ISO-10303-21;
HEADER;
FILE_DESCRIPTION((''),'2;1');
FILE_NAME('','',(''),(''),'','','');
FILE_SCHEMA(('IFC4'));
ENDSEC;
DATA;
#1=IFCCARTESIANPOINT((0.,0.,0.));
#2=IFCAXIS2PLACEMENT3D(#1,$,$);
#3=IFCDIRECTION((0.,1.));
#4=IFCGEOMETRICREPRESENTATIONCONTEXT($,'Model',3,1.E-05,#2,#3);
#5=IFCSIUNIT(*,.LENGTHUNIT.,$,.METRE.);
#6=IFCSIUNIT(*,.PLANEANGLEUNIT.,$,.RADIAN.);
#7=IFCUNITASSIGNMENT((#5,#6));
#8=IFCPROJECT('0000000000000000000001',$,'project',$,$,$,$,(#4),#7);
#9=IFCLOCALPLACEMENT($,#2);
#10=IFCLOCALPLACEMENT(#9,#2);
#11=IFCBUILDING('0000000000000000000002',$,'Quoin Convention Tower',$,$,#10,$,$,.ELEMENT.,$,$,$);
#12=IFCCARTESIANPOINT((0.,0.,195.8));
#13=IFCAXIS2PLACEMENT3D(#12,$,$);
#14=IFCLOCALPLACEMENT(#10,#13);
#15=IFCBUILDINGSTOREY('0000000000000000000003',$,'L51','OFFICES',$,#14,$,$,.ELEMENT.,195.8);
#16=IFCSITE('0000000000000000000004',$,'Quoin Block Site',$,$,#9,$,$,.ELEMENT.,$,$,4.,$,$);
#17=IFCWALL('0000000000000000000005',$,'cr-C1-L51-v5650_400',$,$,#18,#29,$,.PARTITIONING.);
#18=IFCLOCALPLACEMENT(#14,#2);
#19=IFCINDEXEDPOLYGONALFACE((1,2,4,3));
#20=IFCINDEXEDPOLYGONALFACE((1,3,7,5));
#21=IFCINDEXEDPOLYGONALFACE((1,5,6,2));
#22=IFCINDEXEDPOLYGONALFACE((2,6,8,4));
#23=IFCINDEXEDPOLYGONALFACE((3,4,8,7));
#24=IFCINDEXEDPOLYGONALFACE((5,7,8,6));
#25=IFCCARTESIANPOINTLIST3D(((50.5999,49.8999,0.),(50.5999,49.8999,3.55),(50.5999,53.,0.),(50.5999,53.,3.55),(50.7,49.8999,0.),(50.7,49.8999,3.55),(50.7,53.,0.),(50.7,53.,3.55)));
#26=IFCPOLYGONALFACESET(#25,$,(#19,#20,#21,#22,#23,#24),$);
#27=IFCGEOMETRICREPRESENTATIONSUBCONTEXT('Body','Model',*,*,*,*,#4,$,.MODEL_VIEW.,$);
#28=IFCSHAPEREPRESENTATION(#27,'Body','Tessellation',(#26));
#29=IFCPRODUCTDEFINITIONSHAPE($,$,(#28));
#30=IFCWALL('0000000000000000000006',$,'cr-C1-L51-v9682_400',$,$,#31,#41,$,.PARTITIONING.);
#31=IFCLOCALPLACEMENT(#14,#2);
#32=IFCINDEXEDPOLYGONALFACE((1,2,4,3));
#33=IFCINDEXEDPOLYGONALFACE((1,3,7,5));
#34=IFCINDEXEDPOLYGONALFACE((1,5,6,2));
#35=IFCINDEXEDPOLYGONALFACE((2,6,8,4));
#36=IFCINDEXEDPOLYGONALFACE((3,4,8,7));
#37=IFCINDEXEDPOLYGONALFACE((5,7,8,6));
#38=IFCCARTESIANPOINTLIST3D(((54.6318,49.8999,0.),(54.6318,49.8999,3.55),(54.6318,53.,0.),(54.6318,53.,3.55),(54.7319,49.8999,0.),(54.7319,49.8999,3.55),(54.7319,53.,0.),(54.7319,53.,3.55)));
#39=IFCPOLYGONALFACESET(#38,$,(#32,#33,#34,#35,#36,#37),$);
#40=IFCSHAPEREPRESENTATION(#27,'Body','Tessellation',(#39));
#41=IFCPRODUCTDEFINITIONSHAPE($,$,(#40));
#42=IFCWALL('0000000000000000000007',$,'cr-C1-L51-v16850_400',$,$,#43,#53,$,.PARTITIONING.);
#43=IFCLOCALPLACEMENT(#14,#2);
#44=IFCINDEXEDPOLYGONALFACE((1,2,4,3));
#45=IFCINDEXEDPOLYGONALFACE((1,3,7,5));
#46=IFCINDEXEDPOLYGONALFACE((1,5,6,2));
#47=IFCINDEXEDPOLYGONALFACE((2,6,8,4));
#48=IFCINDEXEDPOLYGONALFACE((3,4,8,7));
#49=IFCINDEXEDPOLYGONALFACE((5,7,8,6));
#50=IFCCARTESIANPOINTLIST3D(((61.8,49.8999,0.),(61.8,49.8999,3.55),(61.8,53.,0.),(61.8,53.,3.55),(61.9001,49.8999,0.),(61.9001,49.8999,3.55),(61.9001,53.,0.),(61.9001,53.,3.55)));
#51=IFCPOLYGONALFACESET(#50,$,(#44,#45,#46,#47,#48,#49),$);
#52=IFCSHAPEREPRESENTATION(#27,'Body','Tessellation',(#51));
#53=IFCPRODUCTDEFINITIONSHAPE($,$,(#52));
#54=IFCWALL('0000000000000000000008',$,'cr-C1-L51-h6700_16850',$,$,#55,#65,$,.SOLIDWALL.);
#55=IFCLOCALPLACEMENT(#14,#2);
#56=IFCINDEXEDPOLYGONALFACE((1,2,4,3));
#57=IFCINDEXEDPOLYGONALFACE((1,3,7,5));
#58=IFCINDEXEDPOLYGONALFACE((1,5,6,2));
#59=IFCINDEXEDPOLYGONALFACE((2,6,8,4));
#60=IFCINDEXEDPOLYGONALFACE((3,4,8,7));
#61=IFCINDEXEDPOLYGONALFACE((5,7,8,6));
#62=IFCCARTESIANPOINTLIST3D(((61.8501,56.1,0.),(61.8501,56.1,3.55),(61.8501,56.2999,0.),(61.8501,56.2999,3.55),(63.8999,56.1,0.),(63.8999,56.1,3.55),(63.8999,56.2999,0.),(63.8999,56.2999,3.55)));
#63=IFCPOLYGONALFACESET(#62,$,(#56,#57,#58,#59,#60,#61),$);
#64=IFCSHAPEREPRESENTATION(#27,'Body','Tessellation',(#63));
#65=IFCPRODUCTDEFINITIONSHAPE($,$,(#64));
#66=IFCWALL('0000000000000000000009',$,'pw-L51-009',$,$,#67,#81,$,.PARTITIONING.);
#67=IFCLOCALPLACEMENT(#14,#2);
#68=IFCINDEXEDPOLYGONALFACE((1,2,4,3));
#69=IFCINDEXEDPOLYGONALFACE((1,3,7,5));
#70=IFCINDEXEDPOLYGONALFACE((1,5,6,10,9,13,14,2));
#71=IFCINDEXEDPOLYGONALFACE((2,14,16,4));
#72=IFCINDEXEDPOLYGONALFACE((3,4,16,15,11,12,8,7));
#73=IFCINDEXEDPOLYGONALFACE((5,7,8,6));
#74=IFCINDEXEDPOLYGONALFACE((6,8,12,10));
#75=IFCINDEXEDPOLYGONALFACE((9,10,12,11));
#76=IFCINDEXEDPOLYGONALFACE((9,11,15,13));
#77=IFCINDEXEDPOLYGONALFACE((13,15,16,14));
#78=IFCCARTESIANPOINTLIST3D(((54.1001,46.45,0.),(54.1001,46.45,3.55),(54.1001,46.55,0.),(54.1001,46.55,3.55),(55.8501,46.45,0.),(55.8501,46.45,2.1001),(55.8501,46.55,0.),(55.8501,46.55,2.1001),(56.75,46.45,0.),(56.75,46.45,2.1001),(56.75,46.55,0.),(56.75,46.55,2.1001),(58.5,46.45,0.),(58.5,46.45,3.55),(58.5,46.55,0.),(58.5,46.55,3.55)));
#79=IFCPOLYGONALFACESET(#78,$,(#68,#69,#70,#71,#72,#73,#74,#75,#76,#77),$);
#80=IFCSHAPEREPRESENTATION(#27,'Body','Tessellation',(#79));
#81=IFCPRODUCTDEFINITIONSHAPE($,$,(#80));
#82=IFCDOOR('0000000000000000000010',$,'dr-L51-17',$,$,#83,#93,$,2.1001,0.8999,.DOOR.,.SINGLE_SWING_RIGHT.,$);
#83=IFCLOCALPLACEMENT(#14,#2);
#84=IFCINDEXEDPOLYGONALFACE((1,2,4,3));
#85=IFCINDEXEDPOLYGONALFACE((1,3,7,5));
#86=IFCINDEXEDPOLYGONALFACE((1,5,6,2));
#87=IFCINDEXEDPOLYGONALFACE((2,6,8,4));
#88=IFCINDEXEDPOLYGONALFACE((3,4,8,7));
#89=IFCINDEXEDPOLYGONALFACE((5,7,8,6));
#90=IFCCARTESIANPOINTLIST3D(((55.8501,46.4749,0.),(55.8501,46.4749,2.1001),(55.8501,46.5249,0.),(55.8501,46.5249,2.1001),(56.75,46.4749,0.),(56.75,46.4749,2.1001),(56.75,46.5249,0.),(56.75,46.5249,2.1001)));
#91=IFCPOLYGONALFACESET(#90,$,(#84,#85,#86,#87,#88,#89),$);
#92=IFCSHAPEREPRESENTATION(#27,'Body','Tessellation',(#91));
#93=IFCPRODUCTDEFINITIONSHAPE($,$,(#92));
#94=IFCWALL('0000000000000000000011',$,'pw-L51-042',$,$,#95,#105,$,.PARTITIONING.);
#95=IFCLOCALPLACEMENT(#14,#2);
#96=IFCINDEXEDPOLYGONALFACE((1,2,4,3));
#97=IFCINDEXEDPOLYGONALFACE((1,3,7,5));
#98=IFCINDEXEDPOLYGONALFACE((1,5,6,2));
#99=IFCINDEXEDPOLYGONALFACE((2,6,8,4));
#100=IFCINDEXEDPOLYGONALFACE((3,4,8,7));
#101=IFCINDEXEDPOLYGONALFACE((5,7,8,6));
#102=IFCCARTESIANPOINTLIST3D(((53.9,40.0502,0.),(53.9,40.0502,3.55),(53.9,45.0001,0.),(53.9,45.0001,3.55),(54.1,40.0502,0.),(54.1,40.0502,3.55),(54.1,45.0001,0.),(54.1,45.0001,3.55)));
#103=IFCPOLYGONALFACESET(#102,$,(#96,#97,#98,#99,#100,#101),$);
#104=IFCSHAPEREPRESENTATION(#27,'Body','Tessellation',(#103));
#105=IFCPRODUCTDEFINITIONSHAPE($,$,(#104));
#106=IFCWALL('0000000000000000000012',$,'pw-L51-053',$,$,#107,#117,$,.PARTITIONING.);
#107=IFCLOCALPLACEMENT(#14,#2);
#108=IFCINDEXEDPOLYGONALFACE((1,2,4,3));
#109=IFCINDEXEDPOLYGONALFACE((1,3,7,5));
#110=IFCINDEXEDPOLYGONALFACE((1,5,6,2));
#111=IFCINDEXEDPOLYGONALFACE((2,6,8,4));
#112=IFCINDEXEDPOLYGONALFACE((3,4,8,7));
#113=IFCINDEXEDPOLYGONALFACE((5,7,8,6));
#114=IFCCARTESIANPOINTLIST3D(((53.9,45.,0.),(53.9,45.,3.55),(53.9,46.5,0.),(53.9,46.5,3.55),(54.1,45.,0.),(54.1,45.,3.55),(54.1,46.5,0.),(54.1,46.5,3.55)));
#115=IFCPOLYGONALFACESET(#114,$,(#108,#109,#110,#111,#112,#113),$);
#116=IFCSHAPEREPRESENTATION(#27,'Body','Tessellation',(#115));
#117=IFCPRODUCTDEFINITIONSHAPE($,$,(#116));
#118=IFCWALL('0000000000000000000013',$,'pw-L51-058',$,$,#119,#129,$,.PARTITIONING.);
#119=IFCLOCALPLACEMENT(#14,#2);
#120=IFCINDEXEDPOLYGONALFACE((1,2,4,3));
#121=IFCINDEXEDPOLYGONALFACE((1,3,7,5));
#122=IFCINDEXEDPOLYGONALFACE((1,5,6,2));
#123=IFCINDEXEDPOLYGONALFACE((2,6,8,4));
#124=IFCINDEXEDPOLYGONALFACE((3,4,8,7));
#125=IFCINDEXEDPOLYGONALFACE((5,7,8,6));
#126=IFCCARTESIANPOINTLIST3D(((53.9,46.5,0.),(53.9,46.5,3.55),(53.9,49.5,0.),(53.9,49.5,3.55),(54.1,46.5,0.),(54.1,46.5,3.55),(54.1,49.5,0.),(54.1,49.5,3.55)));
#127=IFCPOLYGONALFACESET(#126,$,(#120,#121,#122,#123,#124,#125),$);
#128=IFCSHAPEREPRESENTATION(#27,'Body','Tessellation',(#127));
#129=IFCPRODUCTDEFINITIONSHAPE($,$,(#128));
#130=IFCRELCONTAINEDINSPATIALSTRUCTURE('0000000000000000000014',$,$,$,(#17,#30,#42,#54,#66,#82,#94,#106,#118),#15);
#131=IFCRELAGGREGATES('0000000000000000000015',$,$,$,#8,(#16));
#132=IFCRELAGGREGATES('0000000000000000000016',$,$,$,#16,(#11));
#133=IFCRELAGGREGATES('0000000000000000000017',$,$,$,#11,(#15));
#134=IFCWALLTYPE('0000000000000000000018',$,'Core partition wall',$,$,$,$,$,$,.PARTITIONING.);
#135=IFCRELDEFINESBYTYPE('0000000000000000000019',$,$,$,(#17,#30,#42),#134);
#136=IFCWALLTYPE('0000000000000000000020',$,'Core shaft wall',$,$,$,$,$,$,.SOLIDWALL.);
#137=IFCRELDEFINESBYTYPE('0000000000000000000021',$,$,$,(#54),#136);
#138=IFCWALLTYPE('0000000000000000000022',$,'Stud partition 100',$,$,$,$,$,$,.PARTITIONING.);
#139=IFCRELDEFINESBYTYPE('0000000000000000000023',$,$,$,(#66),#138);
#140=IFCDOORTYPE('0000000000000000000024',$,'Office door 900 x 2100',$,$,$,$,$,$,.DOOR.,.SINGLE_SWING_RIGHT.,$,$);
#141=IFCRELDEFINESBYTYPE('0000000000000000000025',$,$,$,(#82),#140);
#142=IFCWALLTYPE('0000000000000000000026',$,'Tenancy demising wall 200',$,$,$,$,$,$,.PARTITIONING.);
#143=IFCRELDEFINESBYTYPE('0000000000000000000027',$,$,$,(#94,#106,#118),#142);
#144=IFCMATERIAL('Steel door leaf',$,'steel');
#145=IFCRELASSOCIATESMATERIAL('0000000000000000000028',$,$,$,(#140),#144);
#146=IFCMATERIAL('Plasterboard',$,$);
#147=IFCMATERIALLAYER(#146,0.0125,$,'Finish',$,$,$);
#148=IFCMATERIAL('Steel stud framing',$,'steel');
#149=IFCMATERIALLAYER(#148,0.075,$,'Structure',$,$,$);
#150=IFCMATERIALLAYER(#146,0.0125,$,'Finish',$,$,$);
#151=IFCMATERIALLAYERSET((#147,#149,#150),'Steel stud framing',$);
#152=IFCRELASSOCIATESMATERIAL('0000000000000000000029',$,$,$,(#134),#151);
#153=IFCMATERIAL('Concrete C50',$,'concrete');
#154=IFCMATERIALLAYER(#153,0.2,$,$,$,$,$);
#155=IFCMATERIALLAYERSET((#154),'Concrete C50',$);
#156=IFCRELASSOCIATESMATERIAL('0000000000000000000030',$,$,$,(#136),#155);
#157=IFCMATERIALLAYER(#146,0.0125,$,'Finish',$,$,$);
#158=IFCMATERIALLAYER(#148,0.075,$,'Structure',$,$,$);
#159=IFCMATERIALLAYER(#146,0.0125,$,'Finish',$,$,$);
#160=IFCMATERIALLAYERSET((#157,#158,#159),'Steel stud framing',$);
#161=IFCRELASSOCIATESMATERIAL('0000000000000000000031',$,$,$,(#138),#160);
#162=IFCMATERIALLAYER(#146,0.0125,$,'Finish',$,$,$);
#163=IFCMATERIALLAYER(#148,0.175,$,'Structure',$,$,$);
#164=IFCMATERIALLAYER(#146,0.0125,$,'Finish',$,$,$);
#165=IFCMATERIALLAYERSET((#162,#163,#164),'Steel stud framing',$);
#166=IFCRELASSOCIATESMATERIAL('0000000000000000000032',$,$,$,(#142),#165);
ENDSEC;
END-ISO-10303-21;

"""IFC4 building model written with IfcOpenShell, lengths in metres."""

from ifc_helpers import new_model, si_unit, direction, frame, frame_2d, origin, place, context, subcontext, project, spatial, rectangle, extrude, material, layer, layer_set, type_object, element, fill, save


model = new_model("IFC4")

# Units and contexts
model_context = context("Model", 3, precision=1e-05, world=origin(), true_north=direction((0.0, 1.0)))
body_context = subcontext(model_context, "Body", "Model", "MODEL_VIEW")
ifc_project = project(units=[si_unit("LENGTHUNIT", "METRE"), si_unit("PLANEANGLEUNIT", "RADIAN")], contexts=[model_context])

# Site, building, storey
site_placement = place(None, origin())
site = spatial("IfcSite", under=ifc_project, at=site_placement, Name="Quoin Block Site", CompositionType="ELEMENT", RefElevation=4.0)
building_placement = place(site_placement, origin())
building = spatial("IfcBuilding", under=site, at=building_placement, Name="Quoin Convention Tower", CompositionType="ELEMENT")
storey_placement = place(building_placement, frame((0.0, 0.0, 195.8)))
storey = spatial("IfcBuildingStorey", under=building, at=storey_placement, Name="L51", Description="OFFICES", CompositionType="ELEMENT", Elevation=195.8)

# Shared definitions
ifc_material_1 = material(Name="Concrete C50", Category="concrete")

# Shared definitions
ifc_material_2 = material(Name="Plasterboard")
ifc_material_3 = material(Name="Steel stud framing", Category="steel")
ifc_material_4 = material(Name="Steel door leaf", Category="steel")
door_type = type_object("IfcDoorType", Name="Office door 900 x 2100", OperationType="SINGLE_SWING_RIGHT", PredefinedType="DOOR", material=ifc_material_4)

# Walls
ifc_layer_1 = layer(ifc_material_2, 0.0125, Name="Finish")
ifc_layer_2 = layer(ifc_material_3, 0.075, Name="Structure")
ifc_layer_3 = layer(ifc_material_2, 0.0125, Name="Finish")
ifc_layer_set_1 = layer_set([ifc_layer_1, ifc_layer_2, ifc_layer_3], Name="Steel stud framing")
wall_type_1 = type_object("IfcWallType", Name="Core partition wall", PredefinedType="PARTITIONING", material=ifc_layer_set_1)
for number, where, z_axis, x_axis, name in (
    (1, (50.6499, 49.8999, 0.0), (0.0, 0.0, 1.0), (0.0, 1.0, 0.0), "cr-C1-L51-v5650_400"),
    (2, (54.6819, 49.8999, 0.0), (0.0, 0.0, 1.0), (0.0, 1.0, 0.0), "cr-C1-L51-v9682_400"),
    (3, (61.8501, 49.8999, 0.0), (0.0, 0.0, 1.0), (0.0, 1.0, 0.0), "cr-C1-L51-v16850_400"),
):
    element("IfcWall", number, at=place(storey_placement, frame(where, z_axis=z_axis, x_axis=x_axis)), inside=storey, type_object=wall_type_1, Name=name, PredefinedType="PARTITIONING", context=body_context, shape_type="SweptSolid", body=[
        extrude(rectangle(XDim=3.1001, YDim=0.1001, at=frame_2d((1.55, 0.0))), origin(), (0.0, 0.0, 1.0), 3.55),
    ])
ifc_layer_4 = layer(ifc_material_1, 0.2)
ifc_layer_set_2 = layer_set([ifc_layer_4], Name="Concrete C50")
wall_type_2 = type_object("IfcWallType", Name="Core shaft wall", PredefinedType="SOLIDWALL", material=ifc_layer_set_2)
wall_1_placement = place(storey_placement, frame((61.8501, 56.2, 0.0), z_axis=(0.0, 0.0, 1.0), x_axis=(1.0, 0.0, 0.0)))
element("IfcWall", 4, at=wall_1_placement, inside=storey, type_object=wall_type_2, Name="cr-C1-L51-h6700_16850", PredefinedType="SOLIDWALL", context=body_context, shape_type="SweptSolid", body=[
    extrude(rectangle(XDim=2.0498, YDim=0.2, at=frame_2d((1.0249, 0.0))), origin(), (0.0, 0.0, 1.0), 3.55),
])

# Wall, opening, door
ifc_layer_5 = layer(ifc_material_2, 0.0125, Name="Finish")
ifc_layer_6 = layer(ifc_material_3, 0.075, Name="Structure")
ifc_layer_7 = layer(ifc_material_2, 0.0125, Name="Finish")
ifc_layer_set_3 = layer_set([ifc_layer_5, ifc_layer_6, ifc_layer_7], Name="Steel stud framing")
wall_type_3 = type_object("IfcWallType", Name="Stud partition 100", PredefinedType="PARTITIONING", material=ifc_layer_set_3)
wall_2_placement = place(storey_placement, frame((54.1001, 46.5, 0.0), z_axis=(0.0, 0.0, 1.0), x_axis=(1.0, 0.0, 0.0)))
wall_2 = element("IfcWall", 5, at=wall_2_placement, inside=storey, type_object=wall_type_3, Name="pw-L51-009", PredefinedType="PARTITIONING", context=body_context, shape_type="SweptSolid", body=[
    extrude(rectangle(XDim=4.3999, YDim=0.1001, at=frame_2d((2.2, 0.0))), origin(), (0.0, 0.0, 1.0), 3.55),
])
opening_1_placement = place(wall_2_placement, frame((1.75, 0.0, 0.0)))
opening_1 = element("IfcOpeningElement", 6, at=opening_1_placement, cuts=wall_2, PredefinedType="OPENING", context=body_context, shape_type="SweptSolid", body=[
    extrude(rectangle(XDim=0.8999, YDim=2.1001, at=frame_2d((0.45, 1.05))), frame((0.0, 0.0601, 0.0), z_axis=(0.0, -1.0, 0.0), x_axis=(1.0, 0.0, 0.0)), (0.0, 0.0, 1.0), 0.1201),
])
door_1_placement = place(opening_1_placement, origin())
door_1 = element("IfcDoor", 7, at=door_1_placement, inside=storey, type_object=door_type, Name="dr-L51-17", OperationType="SINGLE_SWING_RIGHT", OverallHeight=2.1001, OverallWidth=0.8999, PredefinedType="DOOR", context=body_context, shape_type="SweptSolid", body=[
    extrude(rectangle(XDim=0.8999, YDim=2.1001, at=frame_2d((0.45, 1.05))), frame((0.0, 0.0249, 0.0), z_axis=(0.0, -1.0, 0.0), x_axis=(1.0, 0.0, 0.0)), (0.0, 0.0, 1.0), 0.05),
])
fill(opening_1, door_1)

# Walls
ifc_layer_8 = layer(ifc_material_2, 0.0125, Name="Finish")
ifc_layer_9 = layer(ifc_material_3, 0.175, Name="Structure")
ifc_layer_10 = layer(ifc_material_2, 0.0125, Name="Finish")
ifc_layer_set_4 = layer_set([ifc_layer_8, ifc_layer_9, ifc_layer_10], Name="Steel stud framing")
wall_type_4 = type_object("IfcWallType", Name="Tenancy demising wall 200", PredefinedType="PARTITIONING", material=ifc_layer_set_4)
wall_3_placement = place(storey_placement, frame((54.0, 40.05, 0.0), z_axis=(0.0, 0.0, 1.0), x_axis=(0.0, 1.0, 0.0)))
element("IfcWall", 8, at=wall_3_placement, inside=storey, type_object=wall_type_4, Name="pw-L51-042", PredefinedType="PARTITIONING", context=body_context, shape_type="SweptSolid", body=[
    extrude(rectangle(XDim=4.95, YDim=0.2, at=frame_2d((2.4751, 0.0))), origin(), (0.0, 0.0, 1.0), 3.55),
])
wall_4_placement = place(storey_placement, frame((54.0, 45.0, 0.0), z_axis=(0.0, 0.0, 1.0), x_axis=(0.0, 1.0, 0.0)))
element("IfcWall", 9, at=wall_4_placement, inside=storey, type_object=wall_type_4, Name="pw-L51-053", PredefinedType="PARTITIONING", context=body_context, shape_type="SweptSolid", body=[
    extrude(rectangle(XDim=1.5, YDim=0.2, at=frame_2d((0.75, 0.0))), origin(), (0.0, 0.0, 1.0), 3.55),
])
wall_5_placement = place(storey_placement, frame((54.0, 46.5, 0.0), z_axis=(0.0, 0.0, 1.0), x_axis=(0.0, 1.0, 0.0)))
element("IfcWall", 10, at=wall_5_placement, inside=storey, type_object=wall_type_4, Name="pw-L51-058", PredefinedType="PARTITIONING", context=body_context, shape_type="SweptSolid", body=[
    extrude(rectangle(XDim=3.0, YDim=0.2, at=frame_2d((1.5, 0.0))), origin(), (0.0, 0.0, 1.0), 3.55),
])

save(model, "model.ifc")
